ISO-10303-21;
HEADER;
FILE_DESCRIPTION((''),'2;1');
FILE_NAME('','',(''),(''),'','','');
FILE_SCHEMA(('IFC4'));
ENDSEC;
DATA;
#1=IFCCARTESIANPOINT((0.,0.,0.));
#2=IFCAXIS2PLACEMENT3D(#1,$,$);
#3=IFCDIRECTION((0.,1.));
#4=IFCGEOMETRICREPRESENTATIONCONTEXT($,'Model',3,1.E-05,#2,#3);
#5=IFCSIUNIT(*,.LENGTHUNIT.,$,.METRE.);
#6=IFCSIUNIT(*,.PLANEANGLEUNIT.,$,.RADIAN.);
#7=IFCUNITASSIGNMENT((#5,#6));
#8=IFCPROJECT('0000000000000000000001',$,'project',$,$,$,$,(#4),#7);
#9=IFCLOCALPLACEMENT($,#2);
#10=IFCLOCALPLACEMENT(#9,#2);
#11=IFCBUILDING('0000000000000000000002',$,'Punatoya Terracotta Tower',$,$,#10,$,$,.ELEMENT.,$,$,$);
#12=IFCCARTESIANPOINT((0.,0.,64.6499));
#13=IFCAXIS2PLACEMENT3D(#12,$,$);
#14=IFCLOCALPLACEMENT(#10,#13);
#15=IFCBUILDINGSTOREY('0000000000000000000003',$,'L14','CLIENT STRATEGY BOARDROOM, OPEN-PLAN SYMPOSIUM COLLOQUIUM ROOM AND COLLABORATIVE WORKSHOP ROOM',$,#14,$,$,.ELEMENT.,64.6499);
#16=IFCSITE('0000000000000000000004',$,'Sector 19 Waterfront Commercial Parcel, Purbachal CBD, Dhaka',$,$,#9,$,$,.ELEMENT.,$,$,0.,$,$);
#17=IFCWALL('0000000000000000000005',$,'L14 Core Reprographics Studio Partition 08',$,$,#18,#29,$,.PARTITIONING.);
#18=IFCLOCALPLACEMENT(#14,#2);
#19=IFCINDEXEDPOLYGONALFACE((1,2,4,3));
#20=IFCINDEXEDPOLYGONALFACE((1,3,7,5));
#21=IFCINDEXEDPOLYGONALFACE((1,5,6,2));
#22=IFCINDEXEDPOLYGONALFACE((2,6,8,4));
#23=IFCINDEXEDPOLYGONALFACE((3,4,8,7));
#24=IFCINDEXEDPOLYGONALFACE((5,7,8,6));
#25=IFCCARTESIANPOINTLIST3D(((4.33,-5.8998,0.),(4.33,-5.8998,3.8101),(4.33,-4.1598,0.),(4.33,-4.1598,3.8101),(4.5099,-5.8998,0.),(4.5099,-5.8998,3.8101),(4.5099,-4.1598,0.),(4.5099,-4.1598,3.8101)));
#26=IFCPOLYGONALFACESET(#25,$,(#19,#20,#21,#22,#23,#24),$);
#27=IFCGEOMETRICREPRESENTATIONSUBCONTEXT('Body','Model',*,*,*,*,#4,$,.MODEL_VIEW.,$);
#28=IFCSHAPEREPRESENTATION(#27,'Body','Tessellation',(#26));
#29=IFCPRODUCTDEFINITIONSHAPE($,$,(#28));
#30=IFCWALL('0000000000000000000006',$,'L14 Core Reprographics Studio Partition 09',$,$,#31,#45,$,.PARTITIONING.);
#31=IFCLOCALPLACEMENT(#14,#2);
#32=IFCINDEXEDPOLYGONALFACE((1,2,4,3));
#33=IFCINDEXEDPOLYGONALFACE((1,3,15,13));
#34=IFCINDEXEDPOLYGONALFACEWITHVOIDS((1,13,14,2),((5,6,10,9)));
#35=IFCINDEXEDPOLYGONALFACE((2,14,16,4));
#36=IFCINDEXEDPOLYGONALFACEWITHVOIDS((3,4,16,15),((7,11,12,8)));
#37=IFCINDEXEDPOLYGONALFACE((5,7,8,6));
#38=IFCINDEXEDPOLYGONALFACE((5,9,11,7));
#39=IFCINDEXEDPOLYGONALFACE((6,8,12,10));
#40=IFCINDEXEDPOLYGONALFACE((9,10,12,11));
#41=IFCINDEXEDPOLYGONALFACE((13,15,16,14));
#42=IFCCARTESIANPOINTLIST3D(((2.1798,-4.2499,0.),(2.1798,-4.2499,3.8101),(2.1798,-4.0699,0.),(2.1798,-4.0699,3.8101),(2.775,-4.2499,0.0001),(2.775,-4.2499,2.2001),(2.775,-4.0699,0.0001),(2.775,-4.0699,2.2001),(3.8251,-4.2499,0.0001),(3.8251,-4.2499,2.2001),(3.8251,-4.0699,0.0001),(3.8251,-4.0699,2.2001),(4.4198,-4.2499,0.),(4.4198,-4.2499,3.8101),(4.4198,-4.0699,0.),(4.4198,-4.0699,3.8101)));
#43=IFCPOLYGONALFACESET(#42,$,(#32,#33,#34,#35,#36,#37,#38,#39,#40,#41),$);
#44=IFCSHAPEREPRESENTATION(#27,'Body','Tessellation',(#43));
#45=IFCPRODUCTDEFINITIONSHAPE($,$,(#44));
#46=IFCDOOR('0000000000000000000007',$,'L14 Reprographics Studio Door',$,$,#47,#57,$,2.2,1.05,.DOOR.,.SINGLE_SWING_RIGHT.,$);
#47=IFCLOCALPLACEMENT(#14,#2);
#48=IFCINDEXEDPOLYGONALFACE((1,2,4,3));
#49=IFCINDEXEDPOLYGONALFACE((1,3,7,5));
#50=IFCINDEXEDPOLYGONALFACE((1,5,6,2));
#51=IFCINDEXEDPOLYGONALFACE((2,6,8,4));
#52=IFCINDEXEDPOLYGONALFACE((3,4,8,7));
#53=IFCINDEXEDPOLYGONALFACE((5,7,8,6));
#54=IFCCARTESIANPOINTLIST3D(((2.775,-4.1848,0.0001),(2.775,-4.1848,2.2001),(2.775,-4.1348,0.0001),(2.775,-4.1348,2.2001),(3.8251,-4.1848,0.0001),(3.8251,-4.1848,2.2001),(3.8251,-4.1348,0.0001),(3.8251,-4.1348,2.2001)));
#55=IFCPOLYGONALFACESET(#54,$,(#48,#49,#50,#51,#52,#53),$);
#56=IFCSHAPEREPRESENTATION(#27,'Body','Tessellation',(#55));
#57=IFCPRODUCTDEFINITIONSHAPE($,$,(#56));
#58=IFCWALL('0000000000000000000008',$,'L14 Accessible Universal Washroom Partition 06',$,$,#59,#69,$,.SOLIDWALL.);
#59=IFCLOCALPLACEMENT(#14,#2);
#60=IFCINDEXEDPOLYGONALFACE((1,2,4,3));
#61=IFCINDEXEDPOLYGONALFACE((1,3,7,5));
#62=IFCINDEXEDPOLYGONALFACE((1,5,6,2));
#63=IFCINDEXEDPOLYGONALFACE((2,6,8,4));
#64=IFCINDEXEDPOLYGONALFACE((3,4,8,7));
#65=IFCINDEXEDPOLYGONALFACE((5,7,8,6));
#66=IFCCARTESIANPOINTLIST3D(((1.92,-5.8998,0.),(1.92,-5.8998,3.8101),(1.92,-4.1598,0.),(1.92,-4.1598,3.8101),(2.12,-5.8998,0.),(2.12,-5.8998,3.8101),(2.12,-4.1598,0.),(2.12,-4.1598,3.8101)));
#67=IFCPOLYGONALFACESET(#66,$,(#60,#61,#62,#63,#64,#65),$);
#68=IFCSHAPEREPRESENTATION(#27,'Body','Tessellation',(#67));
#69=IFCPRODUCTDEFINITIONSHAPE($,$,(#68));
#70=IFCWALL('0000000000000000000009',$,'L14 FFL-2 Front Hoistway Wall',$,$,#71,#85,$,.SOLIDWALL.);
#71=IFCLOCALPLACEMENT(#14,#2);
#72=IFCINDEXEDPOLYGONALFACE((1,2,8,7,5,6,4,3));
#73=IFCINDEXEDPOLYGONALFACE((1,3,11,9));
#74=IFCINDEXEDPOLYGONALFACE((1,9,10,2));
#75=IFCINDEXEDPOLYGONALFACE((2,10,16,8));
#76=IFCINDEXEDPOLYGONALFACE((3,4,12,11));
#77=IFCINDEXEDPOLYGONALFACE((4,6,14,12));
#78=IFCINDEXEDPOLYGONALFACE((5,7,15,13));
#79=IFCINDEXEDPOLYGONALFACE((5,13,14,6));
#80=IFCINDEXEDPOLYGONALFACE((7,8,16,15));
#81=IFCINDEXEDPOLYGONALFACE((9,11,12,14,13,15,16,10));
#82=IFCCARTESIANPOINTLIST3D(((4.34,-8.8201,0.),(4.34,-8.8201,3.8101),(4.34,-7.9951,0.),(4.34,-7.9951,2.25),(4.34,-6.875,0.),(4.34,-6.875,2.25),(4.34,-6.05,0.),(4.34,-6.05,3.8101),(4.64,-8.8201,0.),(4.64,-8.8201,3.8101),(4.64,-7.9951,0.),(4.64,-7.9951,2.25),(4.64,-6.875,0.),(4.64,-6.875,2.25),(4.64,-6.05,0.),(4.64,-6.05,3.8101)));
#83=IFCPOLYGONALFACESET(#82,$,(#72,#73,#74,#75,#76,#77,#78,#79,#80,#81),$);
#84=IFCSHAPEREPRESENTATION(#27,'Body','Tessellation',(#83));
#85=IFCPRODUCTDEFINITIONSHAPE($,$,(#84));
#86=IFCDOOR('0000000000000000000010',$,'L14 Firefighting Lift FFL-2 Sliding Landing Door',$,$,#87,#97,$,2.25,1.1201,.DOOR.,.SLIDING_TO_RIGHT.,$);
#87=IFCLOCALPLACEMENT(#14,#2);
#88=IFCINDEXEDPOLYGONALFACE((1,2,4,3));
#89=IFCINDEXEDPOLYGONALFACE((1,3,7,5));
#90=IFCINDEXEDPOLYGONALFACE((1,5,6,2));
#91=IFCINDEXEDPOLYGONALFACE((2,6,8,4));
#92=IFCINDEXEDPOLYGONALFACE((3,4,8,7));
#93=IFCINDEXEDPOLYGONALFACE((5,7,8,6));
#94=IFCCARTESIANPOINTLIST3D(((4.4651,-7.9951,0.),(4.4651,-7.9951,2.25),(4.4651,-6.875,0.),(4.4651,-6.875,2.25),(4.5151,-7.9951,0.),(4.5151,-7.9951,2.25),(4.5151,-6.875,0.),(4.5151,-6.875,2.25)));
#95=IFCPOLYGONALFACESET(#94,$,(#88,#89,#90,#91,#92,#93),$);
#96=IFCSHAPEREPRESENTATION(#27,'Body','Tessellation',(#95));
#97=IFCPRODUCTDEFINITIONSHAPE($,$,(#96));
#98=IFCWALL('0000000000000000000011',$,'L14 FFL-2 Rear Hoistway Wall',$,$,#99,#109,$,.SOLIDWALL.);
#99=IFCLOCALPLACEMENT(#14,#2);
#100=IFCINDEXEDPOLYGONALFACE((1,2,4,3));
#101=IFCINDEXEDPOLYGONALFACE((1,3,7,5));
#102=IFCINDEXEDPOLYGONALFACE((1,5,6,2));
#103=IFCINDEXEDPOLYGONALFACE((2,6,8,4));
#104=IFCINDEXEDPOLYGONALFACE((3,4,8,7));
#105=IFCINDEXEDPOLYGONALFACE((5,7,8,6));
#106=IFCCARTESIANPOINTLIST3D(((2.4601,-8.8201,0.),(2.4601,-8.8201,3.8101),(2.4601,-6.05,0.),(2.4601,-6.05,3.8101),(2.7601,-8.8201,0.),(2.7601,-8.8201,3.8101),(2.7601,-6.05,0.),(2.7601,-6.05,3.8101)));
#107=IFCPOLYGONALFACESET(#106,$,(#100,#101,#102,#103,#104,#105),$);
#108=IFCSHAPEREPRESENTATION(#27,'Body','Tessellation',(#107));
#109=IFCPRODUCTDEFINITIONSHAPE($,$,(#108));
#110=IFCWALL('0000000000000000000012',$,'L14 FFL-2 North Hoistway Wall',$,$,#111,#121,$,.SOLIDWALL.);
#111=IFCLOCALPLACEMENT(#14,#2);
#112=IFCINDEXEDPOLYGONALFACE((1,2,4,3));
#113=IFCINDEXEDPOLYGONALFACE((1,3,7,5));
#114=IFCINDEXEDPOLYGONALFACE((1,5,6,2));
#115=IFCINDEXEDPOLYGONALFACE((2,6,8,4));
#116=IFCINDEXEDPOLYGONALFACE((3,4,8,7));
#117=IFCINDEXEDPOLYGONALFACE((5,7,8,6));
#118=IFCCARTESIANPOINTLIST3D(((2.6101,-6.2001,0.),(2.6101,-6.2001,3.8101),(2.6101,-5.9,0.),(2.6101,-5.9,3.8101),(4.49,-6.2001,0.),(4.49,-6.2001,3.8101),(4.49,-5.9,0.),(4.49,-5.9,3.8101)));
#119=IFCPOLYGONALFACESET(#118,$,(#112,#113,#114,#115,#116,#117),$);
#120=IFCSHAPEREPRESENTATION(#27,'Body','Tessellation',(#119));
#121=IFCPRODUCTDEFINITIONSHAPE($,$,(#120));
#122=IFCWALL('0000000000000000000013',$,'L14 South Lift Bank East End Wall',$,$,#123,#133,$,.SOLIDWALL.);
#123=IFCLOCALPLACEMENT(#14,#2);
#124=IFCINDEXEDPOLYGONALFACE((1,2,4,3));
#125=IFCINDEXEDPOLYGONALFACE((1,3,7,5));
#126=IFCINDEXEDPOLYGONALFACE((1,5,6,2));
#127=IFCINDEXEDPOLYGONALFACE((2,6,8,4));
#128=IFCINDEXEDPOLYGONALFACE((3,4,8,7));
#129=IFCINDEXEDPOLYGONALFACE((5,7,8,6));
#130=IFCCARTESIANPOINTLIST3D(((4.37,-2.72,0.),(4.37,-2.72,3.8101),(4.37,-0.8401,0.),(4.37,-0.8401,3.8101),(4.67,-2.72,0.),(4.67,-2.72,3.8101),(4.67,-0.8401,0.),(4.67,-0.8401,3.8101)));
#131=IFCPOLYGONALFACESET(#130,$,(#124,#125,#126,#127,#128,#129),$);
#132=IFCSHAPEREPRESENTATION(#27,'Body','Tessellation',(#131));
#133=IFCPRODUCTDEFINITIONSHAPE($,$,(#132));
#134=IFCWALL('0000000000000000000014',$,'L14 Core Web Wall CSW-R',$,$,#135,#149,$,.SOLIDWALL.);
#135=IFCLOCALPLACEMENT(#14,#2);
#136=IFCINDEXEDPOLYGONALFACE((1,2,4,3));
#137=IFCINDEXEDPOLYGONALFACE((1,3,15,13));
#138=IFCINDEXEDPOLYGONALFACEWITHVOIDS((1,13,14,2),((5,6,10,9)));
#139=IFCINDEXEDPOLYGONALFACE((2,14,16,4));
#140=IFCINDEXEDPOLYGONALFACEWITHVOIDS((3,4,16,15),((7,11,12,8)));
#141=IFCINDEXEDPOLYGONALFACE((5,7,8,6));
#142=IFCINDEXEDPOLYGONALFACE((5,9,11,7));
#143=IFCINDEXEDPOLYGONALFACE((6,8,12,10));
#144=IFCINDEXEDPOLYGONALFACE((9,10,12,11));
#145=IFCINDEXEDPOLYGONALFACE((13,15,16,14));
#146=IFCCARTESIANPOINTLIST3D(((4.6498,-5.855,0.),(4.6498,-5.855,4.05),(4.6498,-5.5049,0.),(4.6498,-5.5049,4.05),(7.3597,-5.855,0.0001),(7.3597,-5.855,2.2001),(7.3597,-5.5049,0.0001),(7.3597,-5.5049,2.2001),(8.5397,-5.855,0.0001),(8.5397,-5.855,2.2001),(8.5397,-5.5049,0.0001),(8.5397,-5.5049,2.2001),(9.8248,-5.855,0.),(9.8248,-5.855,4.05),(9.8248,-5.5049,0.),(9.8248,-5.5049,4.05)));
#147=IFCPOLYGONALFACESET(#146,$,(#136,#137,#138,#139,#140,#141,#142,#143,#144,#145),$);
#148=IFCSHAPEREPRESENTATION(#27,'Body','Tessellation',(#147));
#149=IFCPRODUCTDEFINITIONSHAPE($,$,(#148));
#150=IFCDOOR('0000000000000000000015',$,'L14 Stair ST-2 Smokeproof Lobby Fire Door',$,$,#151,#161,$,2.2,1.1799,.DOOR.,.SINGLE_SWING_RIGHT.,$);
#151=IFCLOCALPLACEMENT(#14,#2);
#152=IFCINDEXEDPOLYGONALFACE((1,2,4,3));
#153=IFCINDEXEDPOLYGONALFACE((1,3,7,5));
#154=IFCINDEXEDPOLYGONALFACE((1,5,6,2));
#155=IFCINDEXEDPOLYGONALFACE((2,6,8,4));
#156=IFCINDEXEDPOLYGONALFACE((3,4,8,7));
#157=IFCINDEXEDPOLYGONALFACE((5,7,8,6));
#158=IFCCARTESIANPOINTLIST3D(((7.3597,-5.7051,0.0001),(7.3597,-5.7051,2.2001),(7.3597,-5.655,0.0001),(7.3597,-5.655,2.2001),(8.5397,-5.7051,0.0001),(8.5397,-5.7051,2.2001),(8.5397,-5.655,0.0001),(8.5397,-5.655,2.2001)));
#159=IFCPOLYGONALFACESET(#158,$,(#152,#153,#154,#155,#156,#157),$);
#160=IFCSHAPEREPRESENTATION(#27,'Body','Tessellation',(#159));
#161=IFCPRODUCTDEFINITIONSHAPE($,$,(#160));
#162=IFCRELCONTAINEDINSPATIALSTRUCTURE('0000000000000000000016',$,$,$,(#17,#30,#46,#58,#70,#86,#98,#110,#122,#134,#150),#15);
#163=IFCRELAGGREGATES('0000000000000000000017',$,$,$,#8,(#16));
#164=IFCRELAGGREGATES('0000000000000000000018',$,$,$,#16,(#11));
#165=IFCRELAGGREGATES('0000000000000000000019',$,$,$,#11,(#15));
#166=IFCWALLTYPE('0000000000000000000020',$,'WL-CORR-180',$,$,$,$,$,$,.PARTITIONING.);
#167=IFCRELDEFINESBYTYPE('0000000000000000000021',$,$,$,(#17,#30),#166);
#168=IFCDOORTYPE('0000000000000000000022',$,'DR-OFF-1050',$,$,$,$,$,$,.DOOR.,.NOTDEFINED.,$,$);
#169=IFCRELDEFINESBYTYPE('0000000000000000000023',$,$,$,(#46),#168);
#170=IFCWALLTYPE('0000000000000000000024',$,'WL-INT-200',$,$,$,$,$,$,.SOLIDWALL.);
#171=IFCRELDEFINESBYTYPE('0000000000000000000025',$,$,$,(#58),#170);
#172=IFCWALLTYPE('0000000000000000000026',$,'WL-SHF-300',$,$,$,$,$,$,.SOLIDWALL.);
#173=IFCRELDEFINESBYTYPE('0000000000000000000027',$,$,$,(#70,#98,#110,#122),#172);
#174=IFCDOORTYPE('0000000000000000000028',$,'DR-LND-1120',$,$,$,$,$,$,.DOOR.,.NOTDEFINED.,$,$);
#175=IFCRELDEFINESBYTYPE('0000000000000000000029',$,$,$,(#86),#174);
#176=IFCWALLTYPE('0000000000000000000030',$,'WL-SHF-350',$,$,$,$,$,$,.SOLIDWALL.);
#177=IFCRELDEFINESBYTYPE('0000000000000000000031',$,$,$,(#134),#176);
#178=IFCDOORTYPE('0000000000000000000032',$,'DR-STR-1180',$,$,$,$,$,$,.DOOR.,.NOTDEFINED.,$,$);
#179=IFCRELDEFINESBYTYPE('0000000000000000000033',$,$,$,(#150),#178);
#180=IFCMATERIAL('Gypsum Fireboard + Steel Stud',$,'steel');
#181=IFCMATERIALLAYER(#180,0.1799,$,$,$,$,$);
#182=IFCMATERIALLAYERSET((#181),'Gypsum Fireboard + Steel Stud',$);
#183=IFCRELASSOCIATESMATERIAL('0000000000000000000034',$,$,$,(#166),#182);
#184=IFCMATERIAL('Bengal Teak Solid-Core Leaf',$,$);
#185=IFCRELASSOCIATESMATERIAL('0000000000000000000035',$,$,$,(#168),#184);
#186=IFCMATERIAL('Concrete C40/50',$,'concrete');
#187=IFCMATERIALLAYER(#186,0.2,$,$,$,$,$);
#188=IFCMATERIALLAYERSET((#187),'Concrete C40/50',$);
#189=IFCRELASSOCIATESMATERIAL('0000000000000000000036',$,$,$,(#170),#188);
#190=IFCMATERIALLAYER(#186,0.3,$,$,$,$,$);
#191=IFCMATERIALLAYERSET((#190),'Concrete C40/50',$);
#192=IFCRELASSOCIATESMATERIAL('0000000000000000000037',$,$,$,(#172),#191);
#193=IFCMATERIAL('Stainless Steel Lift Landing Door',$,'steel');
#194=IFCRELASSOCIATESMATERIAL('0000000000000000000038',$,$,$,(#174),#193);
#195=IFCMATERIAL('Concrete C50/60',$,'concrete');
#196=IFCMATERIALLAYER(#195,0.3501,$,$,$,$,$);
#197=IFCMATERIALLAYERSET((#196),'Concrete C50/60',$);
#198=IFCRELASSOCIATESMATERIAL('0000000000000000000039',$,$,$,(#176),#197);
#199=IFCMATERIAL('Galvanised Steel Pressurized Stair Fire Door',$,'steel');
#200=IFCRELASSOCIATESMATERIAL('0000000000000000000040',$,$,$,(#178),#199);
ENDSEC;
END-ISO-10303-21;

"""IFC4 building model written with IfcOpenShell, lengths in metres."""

from ifc_helpers import new_model, si_unit, direction, frame, frame_2d, origin, place, context, subcontext, project, spatial, rectangle, extrude, material, layer, layer_set, type_object, element, fill, save


model = new_model("IFC4")

# Units and contexts
model_context = context("Model", 3, precision=1e-05, world=origin(), true_north=direction((0.0, 1.0)))
body_context = subcontext(model_context, "Body", "Model", "MODEL_VIEW")
ifc_project = project(units=[si_unit("LENGTHUNIT", "METRE"), si_unit("PLANEANGLEUNIT", "RADIAN")], contexts=[model_context])

# Site, building, storey
site_placement = place(None, origin())
site = spatial("IfcSite", under=ifc_project, at=site_placement, Name="Sector 19 Waterfront Commercial Parcel, Purbachal CBD, Dhaka", CompositionType="ELEMENT", RefElevation=0.0)
building_placement = place(site_placement, origin())
building = spatial("IfcBuilding", under=site, at=building_placement, Name="Punatoya Terracotta Tower", CompositionType="ELEMENT")
storey_placement = place(building_placement, frame((0.0, 0.0, 64.6499)))
storey = spatial("IfcBuildingStorey", under=building, at=storey_placement, Name="L14", Description="CLIENT STRATEGY BOARDROOM, OPEN-PLAN SYMPOSIUM COLLOQUIUM ROOM AND COLLABORATIVE WORKSHOP ROOM", CompositionType="ELEMENT", Elevation=64.6499)

# Wall
ifc_material_1 = material(Name="Gypsum Fireboard + Steel Stud", Category="steel")
ifc_layer_1 = layer(ifc_material_1, 0.1799)
ifc_layer_set_1 = layer_set([ifc_layer_1], Name="Gypsum Fireboard + Steel Stud")
wall_type_1 = type_object("IfcWallType", Name="WL-CORR-180", PredefinedType="PARTITIONING", material=ifc_layer_set_1)
wall_1_placement = place(storey_placement, frame((4.4199, -5.8999, 0.0), z_axis=(0.0, 0.0, 1.0), x_axis=(0.0, 1.0, 0.0)))
element("IfcWall", 1, at=wall_1_placement, inside=storey, type_object=wall_type_1, Name="L14 Core Reprographics Studio Partition 08", PredefinedType="PARTITIONING", context=body_context, shape_type="SweptSolid", body=[
    extrude(rectangle(XDim=1.74, YDim=0.1799, at=frame_2d((0.8701, 0.0))), origin(), (0.0, 0.0, 1.0), 3.8101),
])

# Wall, opening, door
wall_2_placement = place(storey_placement, frame((4.4199, -4.1599, 0.0), z_axis=(0.0, 0.0, 1.0), x_axis=(-1.0, 0.0, 0.0)))
wall_2 = element("IfcWall", 2, at=wall_2_placement, inside=storey, type_object=wall_type_1, Name="L14 Core Reprographics Studio Partition 09", PredefinedType="PARTITIONING", context=body_context, shape_type="SweptSolid", body=[
    extrude(rectangle(XDim=2.24, YDim=0.1799, at=frame_2d((1.1201, 0.0))), origin(), (0.0, 0.0, 1.0), 3.8101),
])
opening_1_placement = place(wall_2_placement, frame((0.595, 0.0, 0.0)))
opening_1 = element("IfcOpeningElement", 3, at=opening_1_placement, cuts=wall_2, PredefinedType="OPENING", context=body_context, shape_type="SweptSolid", body=[
    extrude(rectangle(XDim=1.05, YDim=2.2, at=frame_2d((0.5249, 1.1001))), frame((0.0, 0.0999, 0.0), z_axis=(0.0, -1.0, 0.0), x_axis=(1.0, 0.0, 0.0)), (0.0, 0.0, 1.0), 0.2),
])
ifc_material_2 = material(Name="Bengal Teak Solid-Core Leaf")
door_type_1 = type_object("IfcDoorType", Name="DR-OFF-1050", OperationType="NOTDEFINED", PredefinedType="DOOR", material=ifc_material_2)
door_1_placement = place(opening_1_placement, origin())
door_1 = element("IfcDoor", 4, at=door_1_placement, inside=storey, type_object=door_type_1, Name="L14 Reprographics Studio Door", OperationType="SINGLE_SWING_RIGHT", OverallHeight=2.2, OverallWidth=1.05, PredefinedType="DOOR", context=body_context, shape_type="SweptSolid", body=[
    extrude(rectangle(XDim=1.05, YDim=2.2, at=frame_2d((0.5249, 1.1001))), frame((0.0, 0.0249, 0.0), z_axis=(0.0, -1.0, 0.0), x_axis=(1.0, 0.0, 0.0)), (0.0, 0.0, 1.0), 0.05),
])
fill(opening_1, door_1)

# Wall
ifc_material_3 = material(Name="Concrete C40/50", Category="concrete")
ifc_layer_2 = layer(ifc_material_3, 0.2)
ifc_layer_set_2 = layer_set([ifc_layer_2], Name="Concrete C40/50")
wall_type_2 = type_object("IfcWallType", Name="WL-INT-200", PredefinedType="SOLIDWALL", material=ifc_layer_set_2)
wall_3_placement = place(storey_placement, frame((2.02, -5.8999, 0.0), z_axis=(0.0, 0.0, 1.0), x_axis=(0.0, 1.0, 0.0)))
element("IfcWall", 5, at=wall_3_placement, inside=storey, type_object=wall_type_2, Name="L14 Accessible Universal Washroom Partition 06", PredefinedType="SOLIDWALL", context=body_context, shape_type="SweptSolid", body=[
    extrude(rectangle(XDim=1.74, YDim=0.2, at=frame_2d((0.8701, 0.0))), origin(), (0.0, 0.0, 1.0), 3.8101),
])

# Wall, opening, door
ifc_layer_3 = layer(ifc_material_3, 0.3)
ifc_layer_set_3 = layer_set([ifc_layer_3], Name="Concrete C40/50")
wall_type_3 = type_object("IfcWallType", Name="WL-SHF-300", PredefinedType="SOLIDWALL", material=ifc_layer_set_3)
wall_4_placement = place(storey_placement, frame((4.49, -8.8201, 0.0), z_axis=(0.0, 0.0, 1.0), x_axis=(0.0, 1.0, 0.0)))
wall_4 = element("IfcWall", 6, at=wall_4_placement, inside=storey, type_object=wall_type_3, Name="L14 FFL-2 Front Hoistway Wall", PredefinedType="SOLIDWALL", context=body_context, shape_type="SweptSolid", body=[
    extrude(rectangle(XDim=2.77, YDim=0.3, at=frame_2d((1.385, 0.0))), origin(), (0.0, 0.0, 1.0), 3.8101),
])
opening_2_placement = place(wall_4_placement, frame((0.825, 0.0, 0.0)))
opening_2 = element("IfcOpeningElement", 7, at=opening_2_placement, cuts=wall_4, PredefinedType="OPENING", context=body_context, shape_type="SweptSolid", body=[
    extrude(rectangle(XDim=1.1201, YDim=2.25, at=frame_2d((0.5601, 1.125))), frame((0.0, 0.1599, 0.0), z_axis=(0.0, -1.0, 0.0), x_axis=(1.0, 0.0, 0.0)), (0.0, 0.0, 1.0), 0.3201),
])
ifc_material_4 = material(Name="Stainless Steel Lift Landing Door", Category="steel")
door_type_2 = type_object("IfcDoorType", Name="DR-LND-1120", OperationType="NOTDEFINED", PredefinedType="DOOR", material=ifc_material_4)
door_2_placement = place(opening_2_placement, origin())
door_2 = element("IfcDoor", 8, at=door_2_placement, inside=storey, type_object=door_type_2, Name="L14 Firefighting Lift FFL-2 Sliding Landing Door", OperationType="SLIDING_TO_RIGHT", OverallHeight=2.25, OverallWidth=1.1201, PredefinedType="DOOR", context=body_context, shape_type="SweptSolid", body=[
    extrude(rectangle(XDim=1.1201, YDim=2.25, at=frame_2d((0.5601, 1.125))), frame((0.0, 0.0249, 0.0), z_axis=(0.0, -1.0, 0.0), x_axis=(1.0, 0.0, 0.0)), (0.0, 0.0, 1.0), 0.05),
])
fill(opening_2, door_2)

# Walls
wall_5_placement = place(storey_placement, frame((2.6101, -8.8201, 0.0), z_axis=(0.0, 0.0, 1.0), x_axis=(0.0, 1.0, 0.0)))
element("IfcWall", 9, at=wall_5_placement, inside=storey, type_object=wall_type_3, Name="L14 FFL-2 Rear Hoistway Wall", PredefinedType="SOLIDWALL", context=body_context, shape_type="SweptSolid", body=[
    extrude(rectangle(XDim=2.77, YDim=0.3, at=frame_2d((1.385, 0.0))), origin(), (0.0, 0.0, 1.0), 3.8101),
])
for number, where, z_axis, x_axis, name in (
    (10, (2.6101, -6.05, 0.0), (0.0, 0.0, 1.0), (1.0, 0.0, 0.0), "L14 FFL-2 North Hoistway Wall"),
    (11, (4.52, -2.72, 0.0), (0.0, 0.0, 1.0), (0.0, 1.0, 0.0), "L14 South Lift Bank East End Wall"),
):
    element("IfcWall", number, at=place(storey_placement, frame(where, z_axis=z_axis, x_axis=x_axis)), inside=storey, type_object=wall_type_3, Name=name, PredefinedType="SOLIDWALL", context=body_context, shape_type="SweptSolid", body=[
        extrude(rectangle(XDim=1.8799, YDim=0.3, at=frame_2d((0.9399, 0.0))), origin(), (0.0, 0.0, 1.0), 3.8101),
    ])

# Wall, opening, door
ifc_material_5 = material(Name="Concrete C50/60", Category="concrete")
ifc_layer_4 = layer(ifc_material_5, 0.3501)
ifc_layer_set_4 = layer_set([ifc_layer_4], Name="Concrete C50/60")
wall_type_4 = type_object("IfcWallType", Name="WL-SHF-350", PredefinedType="SOLIDWALL", material=ifc_layer_set_4)
wall_6_placement = place(storey_placement, frame((4.6499, -5.6799, 0.0), z_axis=(0.0, 0.0, 1.0), x_axis=(1.0, 0.0, 0.0)))
wall_6 = element("IfcWall", 12, at=wall_6_placement, inside=storey, type_object=wall_type_4, Name="L14 Core Web Wall CSW-R", PredefinedType="SOLIDWALL", context=body_context, shape_type="SweptSolid", body=[
    extrude(rectangle(XDim=5.175, YDim=0.3501, at=frame_2d((2.5874, 0.0))), origin(), (0.0, 0.0, 1.0), 4.05),
])
opening_3_placement = place(wall_6_placement, frame((2.71, 0.0, 0.0)))
opening_3 = element("IfcOpeningElement", 13, at=opening_3_placement, cuts=wall_6, PredefinedType="OPENING", context=body_context, shape_type="SweptSolid", body=[
    extrude(rectangle(XDim=1.1799, YDim=2.2, at=frame_2d((0.5898, 1.1001))), frame((0.0, 0.1851, 0.0), z_axis=(0.0, -1.0, 0.0), x_axis=(1.0, 0.0, 0.0)), (0.0, 0.0, 1.0), 0.3701),
])
ifc_material_6 = material(Name="Galvanised Steel Pressurized Stair Fire Door", Category="steel")
door_type_3 = type_object("IfcDoorType", Name="DR-STR-1180", OperationType="NOTDEFINED", PredefinedType="DOOR", material=ifc_material_6)
door_3_placement = place(opening_3_placement, origin())
door_3 = element("IfcDoor", 14, at=door_3_placement, inside=storey, type_object=door_type_3, Name="L14 Stair ST-2 Smokeproof Lobby Fire Door", OperationType="SINGLE_SWING_RIGHT", OverallHeight=2.2, OverallWidth=1.1799, PredefinedType="DOOR", context=body_context, shape_type="SweptSolid", body=[
    extrude(rectangle(XDim=1.1799, YDim=2.2, at=frame_2d((0.5898, 1.1001))), frame((0.0, 0.0249, 0.0), z_axis=(0.0, -1.0, 0.0), x_axis=(1.0, 0.0, 0.0)), (0.0, 0.0, 1.0), 0.05),
])
fill(opening_3, door_3)

save(model, "model.ifc")
